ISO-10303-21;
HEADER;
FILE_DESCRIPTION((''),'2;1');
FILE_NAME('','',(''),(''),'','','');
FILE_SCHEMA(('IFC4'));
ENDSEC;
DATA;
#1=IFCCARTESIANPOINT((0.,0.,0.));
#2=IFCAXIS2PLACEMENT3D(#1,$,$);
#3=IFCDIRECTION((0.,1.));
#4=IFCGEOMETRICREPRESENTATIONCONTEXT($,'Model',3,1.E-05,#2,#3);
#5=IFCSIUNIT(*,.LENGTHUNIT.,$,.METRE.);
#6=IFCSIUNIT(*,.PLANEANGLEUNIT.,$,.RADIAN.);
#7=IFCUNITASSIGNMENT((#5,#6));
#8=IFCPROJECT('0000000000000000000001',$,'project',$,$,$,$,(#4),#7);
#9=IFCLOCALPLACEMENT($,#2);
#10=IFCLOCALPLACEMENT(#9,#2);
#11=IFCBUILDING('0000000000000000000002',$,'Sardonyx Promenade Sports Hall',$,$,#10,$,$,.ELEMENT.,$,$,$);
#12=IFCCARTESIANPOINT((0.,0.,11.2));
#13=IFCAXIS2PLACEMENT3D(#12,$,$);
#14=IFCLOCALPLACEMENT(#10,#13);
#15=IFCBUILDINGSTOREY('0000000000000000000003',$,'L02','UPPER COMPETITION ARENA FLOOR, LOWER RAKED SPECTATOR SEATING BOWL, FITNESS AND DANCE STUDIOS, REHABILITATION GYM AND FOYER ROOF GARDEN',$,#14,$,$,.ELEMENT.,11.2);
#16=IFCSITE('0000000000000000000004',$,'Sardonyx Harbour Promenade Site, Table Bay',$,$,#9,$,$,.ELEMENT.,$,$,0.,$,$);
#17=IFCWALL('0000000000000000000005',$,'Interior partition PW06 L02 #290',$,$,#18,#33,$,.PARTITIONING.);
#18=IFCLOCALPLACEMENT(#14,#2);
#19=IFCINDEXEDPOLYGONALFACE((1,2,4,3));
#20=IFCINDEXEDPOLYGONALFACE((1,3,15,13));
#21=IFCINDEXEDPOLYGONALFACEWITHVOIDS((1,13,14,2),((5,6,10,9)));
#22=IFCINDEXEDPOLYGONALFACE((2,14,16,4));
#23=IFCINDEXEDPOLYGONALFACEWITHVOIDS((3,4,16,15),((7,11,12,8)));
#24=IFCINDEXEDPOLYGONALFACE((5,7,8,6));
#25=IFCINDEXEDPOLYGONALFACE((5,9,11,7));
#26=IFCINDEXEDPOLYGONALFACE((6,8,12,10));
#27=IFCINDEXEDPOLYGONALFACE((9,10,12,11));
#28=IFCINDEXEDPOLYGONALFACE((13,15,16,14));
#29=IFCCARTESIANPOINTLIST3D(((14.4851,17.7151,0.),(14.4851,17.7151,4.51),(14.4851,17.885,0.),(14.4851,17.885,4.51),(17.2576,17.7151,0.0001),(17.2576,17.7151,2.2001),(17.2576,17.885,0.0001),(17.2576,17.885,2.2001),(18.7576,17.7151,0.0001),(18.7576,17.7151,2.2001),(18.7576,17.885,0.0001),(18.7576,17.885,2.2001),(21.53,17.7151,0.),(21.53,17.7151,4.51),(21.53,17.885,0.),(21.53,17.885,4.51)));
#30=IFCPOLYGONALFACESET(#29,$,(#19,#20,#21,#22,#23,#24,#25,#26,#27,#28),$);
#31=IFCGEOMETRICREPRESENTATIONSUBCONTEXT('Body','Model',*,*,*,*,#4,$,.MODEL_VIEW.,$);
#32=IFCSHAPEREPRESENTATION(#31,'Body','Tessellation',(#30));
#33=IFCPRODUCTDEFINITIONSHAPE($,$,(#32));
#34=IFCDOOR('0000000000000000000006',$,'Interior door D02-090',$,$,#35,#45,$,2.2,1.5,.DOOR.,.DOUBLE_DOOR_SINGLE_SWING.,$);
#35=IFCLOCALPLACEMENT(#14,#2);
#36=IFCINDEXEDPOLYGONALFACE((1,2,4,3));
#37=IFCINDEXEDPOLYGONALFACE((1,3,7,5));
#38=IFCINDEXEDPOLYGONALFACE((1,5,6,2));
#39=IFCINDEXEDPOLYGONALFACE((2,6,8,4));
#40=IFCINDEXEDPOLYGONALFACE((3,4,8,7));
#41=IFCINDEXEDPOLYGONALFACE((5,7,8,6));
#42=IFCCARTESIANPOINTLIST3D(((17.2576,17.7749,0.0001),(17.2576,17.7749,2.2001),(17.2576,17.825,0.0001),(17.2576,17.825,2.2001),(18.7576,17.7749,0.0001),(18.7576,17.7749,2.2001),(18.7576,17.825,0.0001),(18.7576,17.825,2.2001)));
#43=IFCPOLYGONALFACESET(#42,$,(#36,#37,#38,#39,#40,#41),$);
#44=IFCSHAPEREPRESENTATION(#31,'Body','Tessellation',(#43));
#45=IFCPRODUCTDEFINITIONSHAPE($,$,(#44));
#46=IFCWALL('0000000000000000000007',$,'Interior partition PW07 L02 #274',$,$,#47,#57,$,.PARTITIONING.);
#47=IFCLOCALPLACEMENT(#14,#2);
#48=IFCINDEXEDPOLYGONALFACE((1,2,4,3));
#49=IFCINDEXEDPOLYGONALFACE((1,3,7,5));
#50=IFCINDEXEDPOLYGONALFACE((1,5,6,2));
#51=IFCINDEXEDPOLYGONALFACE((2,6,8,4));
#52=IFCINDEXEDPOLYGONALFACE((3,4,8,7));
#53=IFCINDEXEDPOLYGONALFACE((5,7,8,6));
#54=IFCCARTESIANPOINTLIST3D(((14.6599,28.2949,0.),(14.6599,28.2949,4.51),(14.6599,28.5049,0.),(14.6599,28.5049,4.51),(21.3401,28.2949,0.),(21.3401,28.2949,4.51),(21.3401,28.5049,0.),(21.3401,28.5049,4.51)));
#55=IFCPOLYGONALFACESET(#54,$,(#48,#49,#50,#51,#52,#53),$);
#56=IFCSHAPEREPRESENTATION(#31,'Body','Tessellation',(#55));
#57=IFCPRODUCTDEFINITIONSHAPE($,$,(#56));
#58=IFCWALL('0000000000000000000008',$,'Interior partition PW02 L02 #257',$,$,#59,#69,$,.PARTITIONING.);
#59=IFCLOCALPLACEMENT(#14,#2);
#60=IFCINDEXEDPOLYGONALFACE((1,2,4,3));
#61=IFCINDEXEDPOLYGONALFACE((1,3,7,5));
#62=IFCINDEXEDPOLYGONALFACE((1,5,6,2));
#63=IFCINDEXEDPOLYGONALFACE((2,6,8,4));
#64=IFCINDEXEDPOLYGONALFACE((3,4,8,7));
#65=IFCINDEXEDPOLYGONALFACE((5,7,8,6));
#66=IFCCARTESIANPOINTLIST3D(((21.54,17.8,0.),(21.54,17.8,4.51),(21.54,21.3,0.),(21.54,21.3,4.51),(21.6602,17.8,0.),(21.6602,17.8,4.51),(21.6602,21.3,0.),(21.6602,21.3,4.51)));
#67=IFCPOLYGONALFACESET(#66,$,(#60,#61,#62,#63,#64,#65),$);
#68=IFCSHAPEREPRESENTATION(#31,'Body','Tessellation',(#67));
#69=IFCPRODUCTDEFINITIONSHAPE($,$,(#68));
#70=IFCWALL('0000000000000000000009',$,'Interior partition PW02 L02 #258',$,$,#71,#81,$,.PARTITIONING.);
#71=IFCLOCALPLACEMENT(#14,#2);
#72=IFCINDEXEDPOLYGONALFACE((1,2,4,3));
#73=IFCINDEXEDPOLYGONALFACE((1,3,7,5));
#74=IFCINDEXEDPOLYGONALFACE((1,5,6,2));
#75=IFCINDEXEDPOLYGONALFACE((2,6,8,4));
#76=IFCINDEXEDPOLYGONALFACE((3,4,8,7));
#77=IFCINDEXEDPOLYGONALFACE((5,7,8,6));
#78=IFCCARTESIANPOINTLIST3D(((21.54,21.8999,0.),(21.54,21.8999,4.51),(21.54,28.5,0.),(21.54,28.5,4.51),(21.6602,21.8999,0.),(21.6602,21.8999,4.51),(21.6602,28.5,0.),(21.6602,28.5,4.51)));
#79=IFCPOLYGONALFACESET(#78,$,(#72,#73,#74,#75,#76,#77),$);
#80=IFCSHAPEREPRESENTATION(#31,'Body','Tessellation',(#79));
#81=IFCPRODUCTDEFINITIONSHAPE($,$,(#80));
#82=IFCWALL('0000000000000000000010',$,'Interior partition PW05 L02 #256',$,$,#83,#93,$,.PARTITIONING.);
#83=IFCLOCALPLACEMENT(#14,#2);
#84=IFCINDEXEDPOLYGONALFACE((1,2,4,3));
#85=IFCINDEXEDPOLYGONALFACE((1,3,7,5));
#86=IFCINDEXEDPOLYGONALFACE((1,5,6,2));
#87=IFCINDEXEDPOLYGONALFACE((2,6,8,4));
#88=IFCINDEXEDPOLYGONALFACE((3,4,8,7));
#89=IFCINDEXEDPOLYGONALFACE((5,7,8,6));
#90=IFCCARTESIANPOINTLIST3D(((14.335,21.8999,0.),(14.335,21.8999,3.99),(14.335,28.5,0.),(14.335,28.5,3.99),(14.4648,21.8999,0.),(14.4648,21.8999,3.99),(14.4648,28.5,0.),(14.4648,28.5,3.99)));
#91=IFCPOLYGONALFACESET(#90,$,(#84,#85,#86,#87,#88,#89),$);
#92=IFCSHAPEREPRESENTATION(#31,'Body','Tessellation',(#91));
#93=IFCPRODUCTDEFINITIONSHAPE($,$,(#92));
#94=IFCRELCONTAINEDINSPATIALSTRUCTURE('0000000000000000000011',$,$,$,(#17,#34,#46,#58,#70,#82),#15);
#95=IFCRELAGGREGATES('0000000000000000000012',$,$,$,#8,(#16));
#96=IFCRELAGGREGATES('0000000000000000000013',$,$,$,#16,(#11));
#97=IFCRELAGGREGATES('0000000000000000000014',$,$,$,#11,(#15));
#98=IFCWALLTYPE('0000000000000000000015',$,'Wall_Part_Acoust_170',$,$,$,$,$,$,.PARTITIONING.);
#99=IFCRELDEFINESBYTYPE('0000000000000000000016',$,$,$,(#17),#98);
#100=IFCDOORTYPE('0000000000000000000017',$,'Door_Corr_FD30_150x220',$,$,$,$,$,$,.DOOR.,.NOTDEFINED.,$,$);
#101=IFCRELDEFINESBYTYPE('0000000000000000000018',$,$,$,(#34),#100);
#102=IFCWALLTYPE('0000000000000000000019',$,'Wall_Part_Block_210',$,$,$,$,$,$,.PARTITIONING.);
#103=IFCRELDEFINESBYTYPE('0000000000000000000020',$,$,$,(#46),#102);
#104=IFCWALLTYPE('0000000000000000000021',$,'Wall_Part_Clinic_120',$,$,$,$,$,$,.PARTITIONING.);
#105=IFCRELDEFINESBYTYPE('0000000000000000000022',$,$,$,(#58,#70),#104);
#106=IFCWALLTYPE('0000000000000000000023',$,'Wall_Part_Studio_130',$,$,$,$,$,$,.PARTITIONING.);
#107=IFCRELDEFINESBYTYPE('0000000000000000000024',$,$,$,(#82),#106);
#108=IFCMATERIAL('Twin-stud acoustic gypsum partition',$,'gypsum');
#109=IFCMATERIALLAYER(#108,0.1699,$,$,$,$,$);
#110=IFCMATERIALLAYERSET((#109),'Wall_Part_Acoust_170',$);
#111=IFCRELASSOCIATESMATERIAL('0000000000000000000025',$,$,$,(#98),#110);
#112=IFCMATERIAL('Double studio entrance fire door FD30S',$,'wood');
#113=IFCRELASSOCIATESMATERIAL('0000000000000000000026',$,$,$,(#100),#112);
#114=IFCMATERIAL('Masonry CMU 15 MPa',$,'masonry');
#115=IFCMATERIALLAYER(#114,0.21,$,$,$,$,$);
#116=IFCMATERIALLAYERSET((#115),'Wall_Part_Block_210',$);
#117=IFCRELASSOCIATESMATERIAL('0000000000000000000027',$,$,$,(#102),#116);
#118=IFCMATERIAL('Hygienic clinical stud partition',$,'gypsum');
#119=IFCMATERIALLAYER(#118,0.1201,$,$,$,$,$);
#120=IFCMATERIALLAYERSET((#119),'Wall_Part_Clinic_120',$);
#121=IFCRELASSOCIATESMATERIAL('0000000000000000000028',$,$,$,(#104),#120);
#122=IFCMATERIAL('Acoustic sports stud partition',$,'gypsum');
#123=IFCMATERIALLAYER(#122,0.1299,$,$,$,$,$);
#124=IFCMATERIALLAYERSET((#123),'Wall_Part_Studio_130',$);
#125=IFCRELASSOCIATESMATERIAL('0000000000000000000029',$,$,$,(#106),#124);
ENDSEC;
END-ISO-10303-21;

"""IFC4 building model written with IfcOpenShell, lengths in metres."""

from ifc_helpers import new_model, si_unit, direction, frame, frame_2d, origin, place, context, subcontext, project, spatial, rectangle, extrude, material, layer, layer_set, type_object, element, fill, save


model = new_model("IFC4")

# Units and contexts
model_context = context("Model", 3, precision=1e-05, world=origin(), true_north=direction((0.0, 1.0)))
body_context = subcontext(model_context, "Body", "Model", "MODEL_VIEW")
ifc_project = project(units=[si_unit("LENGTHUNIT", "METRE"), si_unit("PLANEANGLEUNIT", "RADIAN")], contexts=[model_context])

# Site, building, storey
site_placement = place(None, origin())
site = spatial("IfcSite", under=ifc_project, at=site_placement, Name="Sardonyx Harbour Promenade Site, Table Bay", CompositionType="ELEMENT", RefElevation=0.0)
building_placement = place(site_placement, origin())
building = spatial("IfcBuilding", under=site, at=building_placement, Name="Sardonyx Promenade Sports Hall", CompositionType="ELEMENT")
storey_placement = place(building_placement, frame((0.0, 0.0, 11.2)))
storey = spatial("IfcBuildingStorey", under=building, at=storey_placement, Name="L02", Description="UPPER COMPETITION ARENA FLOOR, LOWER RAKED SPECTATOR SEATING BOWL, FITNESS AND DANCE STUDIOS, REHABILITATION GYM AND FOYER ROOF GARDEN", CompositionType="ELEMENT", Elevation=11.2)

# Wall, opening, door
ifc_material_1 = material(Name="Twin-stud acoustic gypsum partition", Category="gypsum")
ifc_layer_1 = layer(ifc_material_1, 0.1699)
ifc_layer_set_1 = layer_set([ifc_layer_1], Name="Wall_Part_Acoust_170")
wall_type_1 = type_object("IfcWallType", Name="Wall_Part_Acoust_170", PredefinedType="PARTITIONING", material=ifc_layer_set_1)
wall_1_placement = place(storey_placement, frame((14.4851, 17.8, 0.0), z_axis=(0.0, 0.0, 1.0), x_axis=(1.0, 0.0, 0.0)))
wall_1 = element("IfcWall", 1, at=wall_1_placement, inside=storey, type_object=wall_type_1, Name="Interior partition PW06 L02 #290", PredefinedType="PARTITIONING", context=body_context, shape_type="SweptSolid", body=[
    extrude(rectangle(XDim=7.0449, YDim=0.1699, at=frame_2d((3.5225, 0.0))), origin(), (0.0, 0.0, 1.0), 4.51),
])
opening_placement = place(wall_1_placement, frame((2.7725, 0.0, 0.0)))
opening = element("IfcOpeningElement", 2, at=opening_placement, cuts=wall_1, PredefinedType="OPENING", context=body_context, shape_type="SweptSolid", body=[
    extrude(rectangle(XDim=1.5, YDim=2.2, at=frame_2d((0.75, 1.1001))), frame((0.0, 0.095, 0.0), z_axis=(0.0, -1.0, 0.0), x_axis=(1.0, 0.0, 0.0)), (0.0, 0.0, 1.0), 0.19),
])
ifc_material_2 = material(Name="Double studio entrance fire door FD30S", Category="wood")
door_type = type_object("IfcDoorType", Name="Door_Corr_FD30_150x220", OperationType="NOTDEFINED", PredefinedType="DOOR", material=ifc_material_2)
door_placement = place(opening_placement, origin())
door = element("IfcDoor", 3, at=door_placement, inside=storey, type_object=door_type, Name="Interior door D02-090", OperationType="DOUBLE_DOOR_SINGLE_SWING", OverallHeight=2.2, OverallWidth=1.5, PredefinedType="DOOR", context=body_context, shape_type="SweptSolid", body=[
    extrude(rectangle(XDim=1.5, YDim=2.2, at=frame_2d((0.75, 1.1001))), frame((0.0, 0.0249, 0.0), z_axis=(0.0, -1.0, 0.0), x_axis=(1.0, 0.0, 0.0)), (0.0, 0.0, 1.0), 0.05),
])
fill(opening, door)

# Walls
ifc_material_3 = material(Name="Masonry CMU 15 MPa", Category="masonry")
ifc_layer_2 = layer(ifc_material_3, 0.21)
ifc_layer_set_2 = layer_set([ifc_layer_2], Name="Wall_Part_Block_210")
wall_type_2 = type_object("IfcWallType", Name="Wall_Part_Block_210", PredefinedType="PARTITIONING", material=ifc_layer_set_2)
wall_2_placement = place(storey_placement, frame((14.6599, 28.3999, 0.0), z_axis=(0.0, 0.0, 1.0), x_axis=(1.0, 0.0, 0.0)))
element("IfcWall", 4, at=wall_2_placement, inside=storey, type_object=wall_type_2, Name="Interior partition PW07 L02 #274", PredefinedType="PARTITIONING", context=body_context, shape_type="SweptSolid", body=[
    extrude(rectangle(XDim=6.6802, YDim=0.21, at=frame_2d((3.3401, 0.0))), origin(), (0.0, 0.0, 1.0), 4.51),
])
ifc_material_4 = material(Name="Hygienic clinical stud partition", Category="gypsum")
ifc_layer_3 = layer(ifc_material_4, 0.1201)
ifc_layer_set_3 = layer_set([ifc_layer_3], Name="Wall_Part_Clinic_120")
wall_type_3 = type_object("IfcWallType", Name="Wall_Part_Clinic_120", PredefinedType="PARTITIONING", material=ifc_layer_set_3)
wall_3_placement = place(storey_placement, frame((21.6001, 17.8, 0.0), z_axis=(0.0, 0.0, 1.0), x_axis=(0.0, 1.0, 0.0)))
element("IfcWall", 5, at=wall_3_placement, inside=storey, type_object=wall_type_3, Name="Interior partition PW02 L02 #257", PredefinedType="PARTITIONING", context=body_context, shape_type="SweptSolid", body=[
    extrude(rectangle(XDim=3.5, YDim=0.1201, at=frame_2d((1.75, 0.0))), origin(), (0.0, 0.0, 1.0), 4.51),
])
wall_4_placement = place(storey_placement, frame((21.6001, 21.8999, 0.0), z_axis=(0.0, 0.0, 1.0), x_axis=(0.0, 1.0, 0.0)))
element("IfcWall", 6, at=wall_4_placement, inside=storey, type_object=wall_type_3, Name="Interior partition PW02 L02 #258", PredefinedType="PARTITIONING", context=body_context, shape_type="SweptSolid", body=[
    extrude(rectangle(XDim=6.6001, YDim=0.1201, at=frame_2d((3.3, 0.0))), origin(), (0.0, 0.0, 1.0), 4.51),
])
ifc_material_5 = material(Name="Acoustic sports stud partition", Category="gypsum")
ifc_layer_4 = layer(ifc_material_5, 0.1299)
ifc_layer_set_4 = layer_set([ifc_layer_4], Name="Wall_Part_Studio_130")
wall_type_4 = type_object("IfcWallType", Name="Wall_Part_Studio_130", PredefinedType="PARTITIONING", material=ifc_layer_set_4)
wall_5_placement = place(storey_placement, frame((14.3999, 21.8999, 0.0), z_axis=(0.0, 0.0, 1.0), x_axis=(0.0, 1.0, 0.0)))
element("IfcWall", 7, at=wall_5_placement, inside=storey, type_object=wall_type_4, Name="Interior partition PW05 L02 #256", PredefinedType="PARTITIONING", context=body_context, shape_type="SweptSolid", body=[
    extrude(rectangle(XDim=6.6001, YDim=0.1299, at=frame_2d((3.3, 0.0))), origin(), (0.0, 0.0, 1.0), 3.99),
])

save(model, "model.ifc")
